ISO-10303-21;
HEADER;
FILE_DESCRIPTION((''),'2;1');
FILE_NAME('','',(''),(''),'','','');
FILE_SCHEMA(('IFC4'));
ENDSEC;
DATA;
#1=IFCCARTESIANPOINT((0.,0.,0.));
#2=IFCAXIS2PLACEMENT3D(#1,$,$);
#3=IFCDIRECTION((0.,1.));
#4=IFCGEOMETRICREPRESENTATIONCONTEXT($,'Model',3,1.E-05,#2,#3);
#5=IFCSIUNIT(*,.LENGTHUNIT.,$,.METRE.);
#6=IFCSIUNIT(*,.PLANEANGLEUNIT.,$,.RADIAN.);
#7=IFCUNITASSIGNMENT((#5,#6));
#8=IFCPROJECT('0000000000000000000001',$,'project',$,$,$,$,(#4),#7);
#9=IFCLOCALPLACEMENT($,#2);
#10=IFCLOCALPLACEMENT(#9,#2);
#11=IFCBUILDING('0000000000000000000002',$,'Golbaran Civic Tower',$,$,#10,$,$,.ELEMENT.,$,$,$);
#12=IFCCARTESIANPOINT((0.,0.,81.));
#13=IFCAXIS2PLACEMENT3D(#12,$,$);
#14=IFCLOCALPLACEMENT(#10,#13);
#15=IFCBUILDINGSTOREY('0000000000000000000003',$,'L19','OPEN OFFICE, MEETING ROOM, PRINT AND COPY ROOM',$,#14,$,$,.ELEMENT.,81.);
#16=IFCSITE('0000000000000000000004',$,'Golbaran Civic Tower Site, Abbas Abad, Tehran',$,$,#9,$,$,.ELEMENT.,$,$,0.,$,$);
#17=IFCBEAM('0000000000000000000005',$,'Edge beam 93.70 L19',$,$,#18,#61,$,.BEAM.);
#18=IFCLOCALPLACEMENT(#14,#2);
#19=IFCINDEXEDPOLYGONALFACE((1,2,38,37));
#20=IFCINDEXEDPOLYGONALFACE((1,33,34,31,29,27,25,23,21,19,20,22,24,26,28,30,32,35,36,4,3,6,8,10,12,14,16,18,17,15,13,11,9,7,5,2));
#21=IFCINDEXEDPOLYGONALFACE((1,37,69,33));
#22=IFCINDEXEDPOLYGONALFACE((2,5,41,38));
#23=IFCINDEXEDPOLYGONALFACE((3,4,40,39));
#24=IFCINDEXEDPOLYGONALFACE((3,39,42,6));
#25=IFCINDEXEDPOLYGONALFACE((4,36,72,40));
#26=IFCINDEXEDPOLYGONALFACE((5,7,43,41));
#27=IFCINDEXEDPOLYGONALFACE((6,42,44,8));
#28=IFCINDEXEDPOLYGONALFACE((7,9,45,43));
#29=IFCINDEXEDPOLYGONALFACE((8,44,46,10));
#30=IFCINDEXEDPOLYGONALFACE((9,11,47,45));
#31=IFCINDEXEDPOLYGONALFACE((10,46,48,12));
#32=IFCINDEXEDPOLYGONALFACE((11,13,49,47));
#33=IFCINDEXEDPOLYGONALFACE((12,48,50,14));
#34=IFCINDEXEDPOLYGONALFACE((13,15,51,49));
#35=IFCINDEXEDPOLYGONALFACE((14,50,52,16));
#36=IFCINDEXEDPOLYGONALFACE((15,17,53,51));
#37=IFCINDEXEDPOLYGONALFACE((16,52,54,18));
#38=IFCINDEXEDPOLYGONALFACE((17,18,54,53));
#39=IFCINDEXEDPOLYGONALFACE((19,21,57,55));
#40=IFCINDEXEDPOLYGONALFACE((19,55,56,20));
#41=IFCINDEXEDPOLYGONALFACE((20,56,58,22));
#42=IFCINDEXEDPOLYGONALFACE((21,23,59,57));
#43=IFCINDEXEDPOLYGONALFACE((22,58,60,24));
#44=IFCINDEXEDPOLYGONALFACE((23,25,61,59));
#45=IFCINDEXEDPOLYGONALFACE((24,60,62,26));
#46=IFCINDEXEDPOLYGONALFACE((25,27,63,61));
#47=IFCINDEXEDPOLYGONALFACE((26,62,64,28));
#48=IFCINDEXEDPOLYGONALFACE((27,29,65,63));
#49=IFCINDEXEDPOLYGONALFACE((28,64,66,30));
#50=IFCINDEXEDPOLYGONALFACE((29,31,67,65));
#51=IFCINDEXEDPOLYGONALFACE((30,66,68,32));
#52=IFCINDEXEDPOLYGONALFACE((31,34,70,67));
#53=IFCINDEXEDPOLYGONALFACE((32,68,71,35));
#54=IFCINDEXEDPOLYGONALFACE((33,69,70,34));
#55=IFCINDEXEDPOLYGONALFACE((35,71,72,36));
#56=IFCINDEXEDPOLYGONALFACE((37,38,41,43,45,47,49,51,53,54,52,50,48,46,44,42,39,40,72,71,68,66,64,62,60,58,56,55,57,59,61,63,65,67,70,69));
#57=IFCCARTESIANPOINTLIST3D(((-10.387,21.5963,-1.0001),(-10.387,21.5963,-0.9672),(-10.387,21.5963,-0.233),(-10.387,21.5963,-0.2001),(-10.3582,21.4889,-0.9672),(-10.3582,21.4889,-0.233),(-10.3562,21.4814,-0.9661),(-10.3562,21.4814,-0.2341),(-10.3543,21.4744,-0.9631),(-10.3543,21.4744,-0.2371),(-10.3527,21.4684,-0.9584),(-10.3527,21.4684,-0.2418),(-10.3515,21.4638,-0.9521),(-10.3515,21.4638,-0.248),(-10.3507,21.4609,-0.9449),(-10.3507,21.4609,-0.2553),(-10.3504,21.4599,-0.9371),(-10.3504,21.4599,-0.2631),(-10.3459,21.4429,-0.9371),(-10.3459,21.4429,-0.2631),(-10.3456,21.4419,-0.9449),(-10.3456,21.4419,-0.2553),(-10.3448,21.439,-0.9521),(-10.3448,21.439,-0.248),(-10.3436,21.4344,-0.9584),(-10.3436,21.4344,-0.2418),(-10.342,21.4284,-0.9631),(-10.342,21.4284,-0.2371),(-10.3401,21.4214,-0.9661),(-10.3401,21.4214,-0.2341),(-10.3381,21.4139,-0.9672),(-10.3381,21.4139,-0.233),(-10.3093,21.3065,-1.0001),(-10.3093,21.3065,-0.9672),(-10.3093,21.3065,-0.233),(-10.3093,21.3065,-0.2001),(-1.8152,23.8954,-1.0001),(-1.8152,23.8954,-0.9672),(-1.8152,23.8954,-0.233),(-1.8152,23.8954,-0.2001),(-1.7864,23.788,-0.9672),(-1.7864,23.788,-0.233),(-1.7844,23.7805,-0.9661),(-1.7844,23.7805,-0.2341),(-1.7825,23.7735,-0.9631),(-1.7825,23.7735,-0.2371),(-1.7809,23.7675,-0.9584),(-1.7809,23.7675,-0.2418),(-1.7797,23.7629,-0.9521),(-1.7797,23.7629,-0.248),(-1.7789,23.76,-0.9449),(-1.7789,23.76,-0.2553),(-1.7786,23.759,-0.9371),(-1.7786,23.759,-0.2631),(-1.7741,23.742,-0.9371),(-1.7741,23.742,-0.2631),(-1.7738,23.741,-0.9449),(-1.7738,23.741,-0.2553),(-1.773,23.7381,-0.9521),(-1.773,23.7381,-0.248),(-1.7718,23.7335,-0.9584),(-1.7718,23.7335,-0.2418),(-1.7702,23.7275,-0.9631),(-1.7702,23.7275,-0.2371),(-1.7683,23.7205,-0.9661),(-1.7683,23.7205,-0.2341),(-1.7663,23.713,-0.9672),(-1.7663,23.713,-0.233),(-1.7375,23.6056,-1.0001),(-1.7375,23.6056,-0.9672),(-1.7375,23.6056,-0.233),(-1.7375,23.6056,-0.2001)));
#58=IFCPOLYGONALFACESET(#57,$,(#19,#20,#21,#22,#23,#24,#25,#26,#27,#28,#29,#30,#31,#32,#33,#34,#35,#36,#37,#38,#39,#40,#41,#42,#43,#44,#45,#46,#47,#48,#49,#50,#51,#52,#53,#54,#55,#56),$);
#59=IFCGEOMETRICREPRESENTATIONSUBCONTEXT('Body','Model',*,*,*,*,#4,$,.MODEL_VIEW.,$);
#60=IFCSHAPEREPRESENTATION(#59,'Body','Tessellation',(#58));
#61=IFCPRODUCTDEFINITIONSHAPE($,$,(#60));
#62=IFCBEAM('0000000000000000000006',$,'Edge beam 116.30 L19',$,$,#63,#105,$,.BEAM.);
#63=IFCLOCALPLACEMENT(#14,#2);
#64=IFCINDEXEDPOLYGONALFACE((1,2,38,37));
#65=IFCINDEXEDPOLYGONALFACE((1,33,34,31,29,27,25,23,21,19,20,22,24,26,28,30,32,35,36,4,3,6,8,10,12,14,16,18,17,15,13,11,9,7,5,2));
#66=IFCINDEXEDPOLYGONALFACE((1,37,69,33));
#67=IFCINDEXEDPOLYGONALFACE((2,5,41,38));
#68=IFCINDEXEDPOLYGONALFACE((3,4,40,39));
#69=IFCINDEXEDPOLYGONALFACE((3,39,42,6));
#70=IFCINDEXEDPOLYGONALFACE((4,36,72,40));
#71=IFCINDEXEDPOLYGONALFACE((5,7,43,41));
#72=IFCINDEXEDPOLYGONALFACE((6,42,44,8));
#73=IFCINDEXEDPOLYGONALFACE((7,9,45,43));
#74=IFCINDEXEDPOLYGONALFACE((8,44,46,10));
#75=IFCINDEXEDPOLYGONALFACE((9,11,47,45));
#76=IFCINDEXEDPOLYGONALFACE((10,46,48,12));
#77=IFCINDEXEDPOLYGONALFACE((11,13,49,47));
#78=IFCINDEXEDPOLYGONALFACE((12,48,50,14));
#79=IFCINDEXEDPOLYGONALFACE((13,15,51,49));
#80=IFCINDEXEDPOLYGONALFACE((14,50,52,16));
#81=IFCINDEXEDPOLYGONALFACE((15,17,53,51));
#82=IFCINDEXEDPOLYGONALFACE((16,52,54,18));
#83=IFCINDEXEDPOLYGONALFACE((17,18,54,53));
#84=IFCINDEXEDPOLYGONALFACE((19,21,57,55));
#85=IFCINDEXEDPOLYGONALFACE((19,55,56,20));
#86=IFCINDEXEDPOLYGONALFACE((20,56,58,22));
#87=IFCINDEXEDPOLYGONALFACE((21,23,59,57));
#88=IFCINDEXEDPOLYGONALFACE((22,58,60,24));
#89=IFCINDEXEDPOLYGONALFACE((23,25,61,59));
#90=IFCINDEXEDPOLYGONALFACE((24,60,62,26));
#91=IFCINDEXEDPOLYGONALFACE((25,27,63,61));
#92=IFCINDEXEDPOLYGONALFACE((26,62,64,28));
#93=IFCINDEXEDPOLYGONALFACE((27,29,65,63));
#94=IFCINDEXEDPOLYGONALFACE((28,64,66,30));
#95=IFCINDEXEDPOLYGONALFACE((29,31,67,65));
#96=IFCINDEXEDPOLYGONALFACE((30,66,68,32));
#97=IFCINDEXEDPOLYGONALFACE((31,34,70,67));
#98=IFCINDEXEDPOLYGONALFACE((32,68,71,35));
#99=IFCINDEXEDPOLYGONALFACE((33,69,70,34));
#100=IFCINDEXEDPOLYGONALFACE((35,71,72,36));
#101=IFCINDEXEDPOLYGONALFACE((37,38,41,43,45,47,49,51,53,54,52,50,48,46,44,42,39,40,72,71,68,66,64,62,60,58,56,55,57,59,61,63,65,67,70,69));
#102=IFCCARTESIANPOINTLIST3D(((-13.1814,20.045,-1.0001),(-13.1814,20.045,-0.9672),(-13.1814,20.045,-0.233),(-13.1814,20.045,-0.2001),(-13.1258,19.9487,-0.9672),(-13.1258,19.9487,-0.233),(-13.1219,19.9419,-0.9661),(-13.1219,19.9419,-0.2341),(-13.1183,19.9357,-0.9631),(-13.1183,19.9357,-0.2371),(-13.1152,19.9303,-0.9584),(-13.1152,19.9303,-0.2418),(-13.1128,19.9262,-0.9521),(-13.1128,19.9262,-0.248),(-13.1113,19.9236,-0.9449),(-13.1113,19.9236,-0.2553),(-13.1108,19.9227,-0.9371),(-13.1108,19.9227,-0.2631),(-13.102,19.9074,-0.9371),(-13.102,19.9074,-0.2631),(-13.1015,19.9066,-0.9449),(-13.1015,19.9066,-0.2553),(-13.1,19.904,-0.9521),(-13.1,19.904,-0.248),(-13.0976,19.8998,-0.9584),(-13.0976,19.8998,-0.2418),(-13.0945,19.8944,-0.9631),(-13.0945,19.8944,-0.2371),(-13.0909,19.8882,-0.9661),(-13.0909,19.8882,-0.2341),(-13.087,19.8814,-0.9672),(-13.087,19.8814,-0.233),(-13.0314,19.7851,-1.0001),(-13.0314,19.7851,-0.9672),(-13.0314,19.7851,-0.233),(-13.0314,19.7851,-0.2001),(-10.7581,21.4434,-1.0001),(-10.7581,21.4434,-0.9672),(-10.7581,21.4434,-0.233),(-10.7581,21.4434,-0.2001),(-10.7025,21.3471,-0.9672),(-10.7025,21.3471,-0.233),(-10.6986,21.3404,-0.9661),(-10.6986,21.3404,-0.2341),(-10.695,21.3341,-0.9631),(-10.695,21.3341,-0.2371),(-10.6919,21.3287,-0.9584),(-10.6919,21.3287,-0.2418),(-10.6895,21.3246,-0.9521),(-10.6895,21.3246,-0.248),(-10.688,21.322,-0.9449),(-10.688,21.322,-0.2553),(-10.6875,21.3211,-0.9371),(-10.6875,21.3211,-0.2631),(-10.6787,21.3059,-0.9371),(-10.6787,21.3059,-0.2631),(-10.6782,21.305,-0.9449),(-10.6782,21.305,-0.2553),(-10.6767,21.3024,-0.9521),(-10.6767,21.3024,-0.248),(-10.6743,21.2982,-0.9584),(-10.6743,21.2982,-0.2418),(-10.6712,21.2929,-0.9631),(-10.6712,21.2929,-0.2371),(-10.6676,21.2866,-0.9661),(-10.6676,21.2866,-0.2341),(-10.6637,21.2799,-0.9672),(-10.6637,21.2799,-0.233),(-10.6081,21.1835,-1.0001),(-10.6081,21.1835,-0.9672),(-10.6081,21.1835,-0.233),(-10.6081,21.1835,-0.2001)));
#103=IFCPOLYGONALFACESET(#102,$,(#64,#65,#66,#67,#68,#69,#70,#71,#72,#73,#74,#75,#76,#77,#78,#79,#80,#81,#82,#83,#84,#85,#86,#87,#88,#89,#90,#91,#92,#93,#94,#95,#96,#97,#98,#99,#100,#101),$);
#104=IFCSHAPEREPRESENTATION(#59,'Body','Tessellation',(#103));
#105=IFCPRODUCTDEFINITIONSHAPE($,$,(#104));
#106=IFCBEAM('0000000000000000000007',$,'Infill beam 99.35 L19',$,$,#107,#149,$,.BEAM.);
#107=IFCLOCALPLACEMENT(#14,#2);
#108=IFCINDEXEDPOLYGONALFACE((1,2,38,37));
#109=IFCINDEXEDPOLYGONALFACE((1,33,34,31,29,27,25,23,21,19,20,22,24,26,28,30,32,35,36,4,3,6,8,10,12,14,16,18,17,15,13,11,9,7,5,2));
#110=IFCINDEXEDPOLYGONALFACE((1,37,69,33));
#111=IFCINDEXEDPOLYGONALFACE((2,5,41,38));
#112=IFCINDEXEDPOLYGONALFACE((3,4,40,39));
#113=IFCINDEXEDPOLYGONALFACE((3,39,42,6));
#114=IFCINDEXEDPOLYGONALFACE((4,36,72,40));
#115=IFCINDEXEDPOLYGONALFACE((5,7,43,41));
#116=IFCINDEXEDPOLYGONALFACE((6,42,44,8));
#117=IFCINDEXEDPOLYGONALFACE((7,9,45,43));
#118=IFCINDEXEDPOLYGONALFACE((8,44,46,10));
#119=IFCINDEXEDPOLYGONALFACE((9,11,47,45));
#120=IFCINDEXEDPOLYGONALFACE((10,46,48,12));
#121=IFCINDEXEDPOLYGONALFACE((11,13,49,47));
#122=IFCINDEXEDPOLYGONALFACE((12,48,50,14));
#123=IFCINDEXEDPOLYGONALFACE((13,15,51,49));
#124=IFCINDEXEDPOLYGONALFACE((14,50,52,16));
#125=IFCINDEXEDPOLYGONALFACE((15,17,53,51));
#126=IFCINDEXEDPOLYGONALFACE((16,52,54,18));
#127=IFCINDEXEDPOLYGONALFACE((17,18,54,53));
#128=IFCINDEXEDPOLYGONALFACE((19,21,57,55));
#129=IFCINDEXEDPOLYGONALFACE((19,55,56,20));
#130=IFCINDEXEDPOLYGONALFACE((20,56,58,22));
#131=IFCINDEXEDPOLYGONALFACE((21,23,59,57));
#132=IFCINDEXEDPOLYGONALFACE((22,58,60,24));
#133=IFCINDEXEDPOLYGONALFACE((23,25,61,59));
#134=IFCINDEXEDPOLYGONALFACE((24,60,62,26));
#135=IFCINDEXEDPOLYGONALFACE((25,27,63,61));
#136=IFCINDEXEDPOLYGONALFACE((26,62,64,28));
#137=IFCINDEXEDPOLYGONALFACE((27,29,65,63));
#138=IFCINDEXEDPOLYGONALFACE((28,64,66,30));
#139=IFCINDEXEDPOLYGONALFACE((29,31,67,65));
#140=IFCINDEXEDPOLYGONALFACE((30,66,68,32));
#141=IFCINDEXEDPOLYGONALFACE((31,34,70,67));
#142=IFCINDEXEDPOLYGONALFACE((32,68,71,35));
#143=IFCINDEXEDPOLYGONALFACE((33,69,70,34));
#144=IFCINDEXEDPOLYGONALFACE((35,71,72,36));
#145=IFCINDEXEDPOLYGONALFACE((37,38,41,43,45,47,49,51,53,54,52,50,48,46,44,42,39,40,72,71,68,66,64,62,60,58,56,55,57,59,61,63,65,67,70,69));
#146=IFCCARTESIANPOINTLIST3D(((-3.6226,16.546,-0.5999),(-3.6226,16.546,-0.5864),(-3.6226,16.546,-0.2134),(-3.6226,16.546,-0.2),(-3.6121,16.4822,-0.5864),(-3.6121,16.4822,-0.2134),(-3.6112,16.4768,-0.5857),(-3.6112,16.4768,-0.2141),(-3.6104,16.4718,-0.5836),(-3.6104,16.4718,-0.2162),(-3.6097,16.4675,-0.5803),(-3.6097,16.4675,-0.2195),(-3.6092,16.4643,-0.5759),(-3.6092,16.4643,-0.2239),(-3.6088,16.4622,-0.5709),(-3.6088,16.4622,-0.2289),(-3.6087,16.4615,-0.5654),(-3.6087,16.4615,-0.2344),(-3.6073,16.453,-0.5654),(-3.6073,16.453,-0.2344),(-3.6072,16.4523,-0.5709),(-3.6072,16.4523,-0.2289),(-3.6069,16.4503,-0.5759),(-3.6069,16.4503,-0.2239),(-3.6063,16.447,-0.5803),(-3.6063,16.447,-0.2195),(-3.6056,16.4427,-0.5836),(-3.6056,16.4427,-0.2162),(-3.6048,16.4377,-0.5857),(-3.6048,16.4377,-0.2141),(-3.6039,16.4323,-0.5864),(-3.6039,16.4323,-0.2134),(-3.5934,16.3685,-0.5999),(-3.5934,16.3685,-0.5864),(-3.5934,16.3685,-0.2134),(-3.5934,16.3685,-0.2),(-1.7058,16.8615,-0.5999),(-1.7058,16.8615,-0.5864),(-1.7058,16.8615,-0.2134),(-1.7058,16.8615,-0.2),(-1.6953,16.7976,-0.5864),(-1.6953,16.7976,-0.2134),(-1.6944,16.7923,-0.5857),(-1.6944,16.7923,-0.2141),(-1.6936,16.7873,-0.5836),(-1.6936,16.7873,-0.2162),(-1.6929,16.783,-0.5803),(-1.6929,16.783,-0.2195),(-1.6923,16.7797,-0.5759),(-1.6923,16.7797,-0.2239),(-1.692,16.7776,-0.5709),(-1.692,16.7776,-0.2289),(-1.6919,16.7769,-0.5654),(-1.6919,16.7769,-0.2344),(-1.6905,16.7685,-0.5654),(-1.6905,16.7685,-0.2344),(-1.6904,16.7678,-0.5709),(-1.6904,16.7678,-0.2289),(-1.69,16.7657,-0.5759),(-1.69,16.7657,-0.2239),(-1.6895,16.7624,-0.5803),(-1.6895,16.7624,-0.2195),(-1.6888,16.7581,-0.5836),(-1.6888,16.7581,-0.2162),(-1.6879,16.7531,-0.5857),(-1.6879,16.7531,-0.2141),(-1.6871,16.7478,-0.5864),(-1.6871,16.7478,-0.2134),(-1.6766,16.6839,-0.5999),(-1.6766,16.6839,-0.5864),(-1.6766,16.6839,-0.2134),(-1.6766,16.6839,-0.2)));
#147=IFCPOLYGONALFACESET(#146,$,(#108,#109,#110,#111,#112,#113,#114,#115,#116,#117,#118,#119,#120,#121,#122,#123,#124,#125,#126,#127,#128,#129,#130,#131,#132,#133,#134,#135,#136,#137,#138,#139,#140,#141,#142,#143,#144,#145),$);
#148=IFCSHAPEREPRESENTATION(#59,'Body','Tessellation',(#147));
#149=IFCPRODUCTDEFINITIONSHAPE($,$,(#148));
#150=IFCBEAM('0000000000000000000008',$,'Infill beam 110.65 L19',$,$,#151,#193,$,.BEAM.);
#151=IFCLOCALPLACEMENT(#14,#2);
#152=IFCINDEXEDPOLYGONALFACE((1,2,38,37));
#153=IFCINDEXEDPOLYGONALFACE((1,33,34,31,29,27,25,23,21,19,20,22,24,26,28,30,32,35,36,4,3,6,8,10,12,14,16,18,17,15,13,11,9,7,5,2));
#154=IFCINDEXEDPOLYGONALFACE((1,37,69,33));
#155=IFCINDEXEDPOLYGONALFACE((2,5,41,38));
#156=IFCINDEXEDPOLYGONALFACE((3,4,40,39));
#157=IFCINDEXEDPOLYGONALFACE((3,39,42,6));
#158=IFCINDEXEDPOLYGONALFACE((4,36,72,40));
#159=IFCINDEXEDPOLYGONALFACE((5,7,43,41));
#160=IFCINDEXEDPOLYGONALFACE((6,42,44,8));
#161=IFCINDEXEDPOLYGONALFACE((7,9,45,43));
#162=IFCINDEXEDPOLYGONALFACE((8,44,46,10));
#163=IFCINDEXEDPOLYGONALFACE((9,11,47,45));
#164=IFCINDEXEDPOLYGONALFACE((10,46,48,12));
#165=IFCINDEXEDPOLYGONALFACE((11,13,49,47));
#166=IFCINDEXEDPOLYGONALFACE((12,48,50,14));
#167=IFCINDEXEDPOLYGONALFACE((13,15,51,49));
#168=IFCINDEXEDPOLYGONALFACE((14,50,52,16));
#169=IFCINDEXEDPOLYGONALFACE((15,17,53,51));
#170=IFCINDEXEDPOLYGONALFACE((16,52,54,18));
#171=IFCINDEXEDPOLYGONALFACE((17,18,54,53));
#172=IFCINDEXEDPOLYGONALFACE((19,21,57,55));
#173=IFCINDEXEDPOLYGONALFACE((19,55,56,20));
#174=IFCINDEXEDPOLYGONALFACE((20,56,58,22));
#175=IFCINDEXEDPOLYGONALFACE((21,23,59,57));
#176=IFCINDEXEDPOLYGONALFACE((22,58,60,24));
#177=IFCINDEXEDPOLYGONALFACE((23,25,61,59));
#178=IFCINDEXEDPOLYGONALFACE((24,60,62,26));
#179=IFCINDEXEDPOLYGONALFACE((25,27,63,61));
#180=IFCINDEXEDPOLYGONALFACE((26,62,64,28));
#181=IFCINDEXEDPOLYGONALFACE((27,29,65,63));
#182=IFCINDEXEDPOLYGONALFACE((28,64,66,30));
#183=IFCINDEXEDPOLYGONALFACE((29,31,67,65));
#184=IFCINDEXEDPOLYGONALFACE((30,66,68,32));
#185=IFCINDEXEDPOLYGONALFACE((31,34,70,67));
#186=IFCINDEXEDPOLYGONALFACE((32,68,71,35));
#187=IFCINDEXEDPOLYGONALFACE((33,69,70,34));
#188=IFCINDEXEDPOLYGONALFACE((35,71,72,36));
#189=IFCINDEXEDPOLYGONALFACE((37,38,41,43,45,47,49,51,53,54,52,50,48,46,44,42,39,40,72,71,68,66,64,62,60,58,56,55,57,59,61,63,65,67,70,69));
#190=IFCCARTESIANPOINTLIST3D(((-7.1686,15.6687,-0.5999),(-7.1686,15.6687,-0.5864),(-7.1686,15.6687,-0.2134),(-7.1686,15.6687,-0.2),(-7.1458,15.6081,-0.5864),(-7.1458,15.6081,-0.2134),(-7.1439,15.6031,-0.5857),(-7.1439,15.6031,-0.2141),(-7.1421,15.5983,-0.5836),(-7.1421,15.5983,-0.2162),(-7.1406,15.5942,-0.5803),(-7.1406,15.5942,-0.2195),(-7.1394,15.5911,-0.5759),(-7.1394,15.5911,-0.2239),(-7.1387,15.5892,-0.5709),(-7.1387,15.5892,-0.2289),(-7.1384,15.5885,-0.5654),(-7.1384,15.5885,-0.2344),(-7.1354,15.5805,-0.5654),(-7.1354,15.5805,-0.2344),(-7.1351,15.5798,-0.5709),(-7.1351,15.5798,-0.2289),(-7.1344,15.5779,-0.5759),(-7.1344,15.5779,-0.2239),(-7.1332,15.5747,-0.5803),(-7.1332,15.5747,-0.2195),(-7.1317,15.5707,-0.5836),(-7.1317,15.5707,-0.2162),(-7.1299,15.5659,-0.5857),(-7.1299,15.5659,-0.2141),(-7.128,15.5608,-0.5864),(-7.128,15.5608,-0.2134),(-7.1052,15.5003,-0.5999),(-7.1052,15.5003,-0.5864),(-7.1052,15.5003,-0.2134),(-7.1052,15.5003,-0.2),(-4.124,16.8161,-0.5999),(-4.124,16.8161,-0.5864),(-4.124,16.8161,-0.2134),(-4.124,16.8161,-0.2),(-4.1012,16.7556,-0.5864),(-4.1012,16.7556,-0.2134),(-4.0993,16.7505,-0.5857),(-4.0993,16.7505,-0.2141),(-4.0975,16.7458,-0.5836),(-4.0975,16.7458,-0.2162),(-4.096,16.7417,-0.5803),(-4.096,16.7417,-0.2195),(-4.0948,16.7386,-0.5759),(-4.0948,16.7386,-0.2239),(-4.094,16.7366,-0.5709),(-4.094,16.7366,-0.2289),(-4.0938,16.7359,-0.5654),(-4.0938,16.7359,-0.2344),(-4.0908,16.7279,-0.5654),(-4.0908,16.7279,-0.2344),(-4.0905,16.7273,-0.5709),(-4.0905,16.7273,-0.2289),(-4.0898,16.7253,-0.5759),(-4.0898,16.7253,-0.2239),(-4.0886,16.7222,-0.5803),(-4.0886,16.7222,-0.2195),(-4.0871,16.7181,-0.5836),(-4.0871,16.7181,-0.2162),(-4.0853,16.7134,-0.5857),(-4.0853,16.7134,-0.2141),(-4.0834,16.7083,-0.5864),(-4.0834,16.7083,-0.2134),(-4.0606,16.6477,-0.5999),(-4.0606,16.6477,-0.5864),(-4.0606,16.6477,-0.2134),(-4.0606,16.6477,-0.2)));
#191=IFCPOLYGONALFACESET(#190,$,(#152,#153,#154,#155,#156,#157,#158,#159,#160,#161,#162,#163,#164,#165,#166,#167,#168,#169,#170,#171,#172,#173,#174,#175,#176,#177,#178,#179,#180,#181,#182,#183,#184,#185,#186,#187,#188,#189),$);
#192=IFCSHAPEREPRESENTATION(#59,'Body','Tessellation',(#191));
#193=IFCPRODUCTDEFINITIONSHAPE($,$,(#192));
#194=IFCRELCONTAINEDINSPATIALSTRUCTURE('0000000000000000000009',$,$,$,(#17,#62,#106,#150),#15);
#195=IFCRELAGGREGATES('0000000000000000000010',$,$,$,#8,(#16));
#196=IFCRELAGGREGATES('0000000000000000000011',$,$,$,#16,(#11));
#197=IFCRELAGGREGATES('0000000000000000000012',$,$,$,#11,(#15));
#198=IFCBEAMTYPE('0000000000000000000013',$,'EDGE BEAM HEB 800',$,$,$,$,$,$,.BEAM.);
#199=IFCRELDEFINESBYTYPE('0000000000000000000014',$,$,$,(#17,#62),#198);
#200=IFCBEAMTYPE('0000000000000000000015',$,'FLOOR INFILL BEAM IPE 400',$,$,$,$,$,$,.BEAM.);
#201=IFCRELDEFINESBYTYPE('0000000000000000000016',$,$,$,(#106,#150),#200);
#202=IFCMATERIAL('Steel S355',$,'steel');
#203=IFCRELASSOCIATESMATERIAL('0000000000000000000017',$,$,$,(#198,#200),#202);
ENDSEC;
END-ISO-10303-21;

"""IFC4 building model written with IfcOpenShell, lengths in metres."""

from ifc_helpers import new_model, si_unit, direction, frame, origin, origin_2d, place, context, subcontext, project, spatial, i_section, extrude, material, material_profile, profile_set, type_object, element, save


model = new_model("IFC4")

# Units and contexts
model_context = context("Model", 3, precision=1e-05, world=origin(), true_north=direction((0.0, 1.0)))
body_context = subcontext(model_context, "Body", "Model", "MODEL_VIEW")
ifc_project = project(units=[si_unit("LENGTHUNIT", "METRE"), si_unit("PLANEANGLEUNIT", "RADIAN")], contexts=[model_context])

# Site, building, storey
site_placement = place(None, origin())
site = spatial("IfcSite", under=ifc_project, at=site_placement, Name="Golbaran Civic Tower Site, Abbas Abad, Tehran", CompositionType="ELEMENT", RefElevation=0.0)
building_placement = place(site_placement, origin())
building = spatial("IfcBuilding", under=site, at=building_placement, Name="Golbaran Civic Tower", CompositionType="ELEMENT")
storey_placement = place(building_placement, frame((0.0, 0.0, 81.0)))
storey = spatial("IfcBuildingStorey", under=building, at=storey_placement, Name="L19", Description="OPEN OFFICE, MEETING ROOM, PRINT AND COPY ROOM", CompositionType="ELEMENT", Elevation=81.0)

# Beams
ifc_material_1 = material(Name="Steel S355", Category="steel")
ifc_material_profile_1 = material_profile(ifc_material_1, i_section(OverallWidth=0.3, OverallDepth=0.8, WebThickness=0.0176, FlangeThickness=0.033, FilletRadius=0.03, at=origin_2d()), Name="HEB 800")
ifc_profile_set_1 = profile_set([ifc_material_profile_1], Name="Steel S355")
beam_type_1 = type_object("IfcBeamType", Name="EDGE BEAM HEB 800", PredefinedType="BEAM", material=ifc_profile_set_1)
beam_1_placement = place(storey_placement, frame((-1.7764, 23.7505, -0.6001), z_axis=(-0.965862, -0.259058, 0.0), x_axis=(0.259058, -0.965862, 0.0)))
element("IfcBeam", 1, at=beam_1_placement, inside=storey, type_object=beam_type_1, Name="Edge beam 93.70 L19", PredefinedType="BEAM", context=body_context, shape_type="SweptSolid", body=[
    extrude(i_section(OverallWidth=0.3, OverallDepth=0.8, WebThickness=0.0176, FlangeThickness=0.033, FilletRadius=0.03, at=origin_2d()), origin(), (0.0, 0.0, 1.0), 8.8748),
])
beam_2_placement = place(storey_placement, frame((-10.6831, 21.3135, -0.6001), z_axis=(-0.86613, -0.499818, 0.0), x_axis=(0.499818, -0.86613, 0.0)))
element("IfcBeam", 2, at=beam_2_placement, inside=storey, type_object=beam_type_1, Name="Edge beam 116.30 L19", PredefinedType="BEAM", context=body_context, shape_type="SweptSolid", body=[
    extrude(i_section(OverallWidth=0.3, OverallDepth=0.8, WebThickness=0.0176, FlangeThickness=0.033, FilletRadius=0.03, at=origin_2d()), origin(), (0.0, 0.0, 1.0), 2.7979),
])
ifc_material_profile_2 = material_profile(ifc_material_1, i_section(OverallWidth=0.1799, OverallDepth=0.3999, WebThickness=0.0085, FlangeThickness=0.0134, FilletRadius=0.021, at=origin_2d()), Name="IPE 400")
ifc_profile_set_2 = profile_set([ifc_material_profile_2], Name="Steel S355")
beam_type_2 = type_object("IfcBeamType", Name="FLOOR INFILL BEAM IPE 400", PredefinedType="BEAM", material=ifc_profile_set_2)
beam_3_placement = place(storey_placement, frame((-1.6912, 16.7727, -0.3999), z_axis=(-0.986728, -0.162381, 0.0), x_axis=(0.162381, -0.986728, 0.0)))
element("IfcBeam", 3, at=beam_3_placement, inside=storey, type_object=beam_type_2, Name="Infill beam 99.35 L19", PredefinedType="BEAM", context=body_context, shape_type="SweptSolid", body=[
    extrude(i_section(OverallWidth=0.1799, OverallDepth=0.3999, WebThickness=0.0085, FlangeThickness=0.0134, FilletRadius=0.021, at=origin_2d()), origin(), (0.0, 0.0, 1.0), 1.9426),
])
beam_4_placement = place(storey_placement, frame((-4.0923, 16.7319, -0.3999), z_axis=(-0.935751, -0.352661, 0.0), x_axis=(0.352661, -0.935751, 0.0)))
element("IfcBeam", 4, at=beam_4_placement, inside=storey, type_object=beam_type_2, Name="Infill beam 110.65 L19", PredefinedType="BEAM", context=body_context, shape_type="SweptSolid", body=[
    extrude(i_section(OverallWidth=0.1799, OverallDepth=0.3999, WebThickness=0.0085, FlangeThickness=0.0134, FilletRadius=0.021, at=origin_2d()), origin(), (0.0, 0.0, 1.0), 3.2537),
])

save(model, "model.ifc")
